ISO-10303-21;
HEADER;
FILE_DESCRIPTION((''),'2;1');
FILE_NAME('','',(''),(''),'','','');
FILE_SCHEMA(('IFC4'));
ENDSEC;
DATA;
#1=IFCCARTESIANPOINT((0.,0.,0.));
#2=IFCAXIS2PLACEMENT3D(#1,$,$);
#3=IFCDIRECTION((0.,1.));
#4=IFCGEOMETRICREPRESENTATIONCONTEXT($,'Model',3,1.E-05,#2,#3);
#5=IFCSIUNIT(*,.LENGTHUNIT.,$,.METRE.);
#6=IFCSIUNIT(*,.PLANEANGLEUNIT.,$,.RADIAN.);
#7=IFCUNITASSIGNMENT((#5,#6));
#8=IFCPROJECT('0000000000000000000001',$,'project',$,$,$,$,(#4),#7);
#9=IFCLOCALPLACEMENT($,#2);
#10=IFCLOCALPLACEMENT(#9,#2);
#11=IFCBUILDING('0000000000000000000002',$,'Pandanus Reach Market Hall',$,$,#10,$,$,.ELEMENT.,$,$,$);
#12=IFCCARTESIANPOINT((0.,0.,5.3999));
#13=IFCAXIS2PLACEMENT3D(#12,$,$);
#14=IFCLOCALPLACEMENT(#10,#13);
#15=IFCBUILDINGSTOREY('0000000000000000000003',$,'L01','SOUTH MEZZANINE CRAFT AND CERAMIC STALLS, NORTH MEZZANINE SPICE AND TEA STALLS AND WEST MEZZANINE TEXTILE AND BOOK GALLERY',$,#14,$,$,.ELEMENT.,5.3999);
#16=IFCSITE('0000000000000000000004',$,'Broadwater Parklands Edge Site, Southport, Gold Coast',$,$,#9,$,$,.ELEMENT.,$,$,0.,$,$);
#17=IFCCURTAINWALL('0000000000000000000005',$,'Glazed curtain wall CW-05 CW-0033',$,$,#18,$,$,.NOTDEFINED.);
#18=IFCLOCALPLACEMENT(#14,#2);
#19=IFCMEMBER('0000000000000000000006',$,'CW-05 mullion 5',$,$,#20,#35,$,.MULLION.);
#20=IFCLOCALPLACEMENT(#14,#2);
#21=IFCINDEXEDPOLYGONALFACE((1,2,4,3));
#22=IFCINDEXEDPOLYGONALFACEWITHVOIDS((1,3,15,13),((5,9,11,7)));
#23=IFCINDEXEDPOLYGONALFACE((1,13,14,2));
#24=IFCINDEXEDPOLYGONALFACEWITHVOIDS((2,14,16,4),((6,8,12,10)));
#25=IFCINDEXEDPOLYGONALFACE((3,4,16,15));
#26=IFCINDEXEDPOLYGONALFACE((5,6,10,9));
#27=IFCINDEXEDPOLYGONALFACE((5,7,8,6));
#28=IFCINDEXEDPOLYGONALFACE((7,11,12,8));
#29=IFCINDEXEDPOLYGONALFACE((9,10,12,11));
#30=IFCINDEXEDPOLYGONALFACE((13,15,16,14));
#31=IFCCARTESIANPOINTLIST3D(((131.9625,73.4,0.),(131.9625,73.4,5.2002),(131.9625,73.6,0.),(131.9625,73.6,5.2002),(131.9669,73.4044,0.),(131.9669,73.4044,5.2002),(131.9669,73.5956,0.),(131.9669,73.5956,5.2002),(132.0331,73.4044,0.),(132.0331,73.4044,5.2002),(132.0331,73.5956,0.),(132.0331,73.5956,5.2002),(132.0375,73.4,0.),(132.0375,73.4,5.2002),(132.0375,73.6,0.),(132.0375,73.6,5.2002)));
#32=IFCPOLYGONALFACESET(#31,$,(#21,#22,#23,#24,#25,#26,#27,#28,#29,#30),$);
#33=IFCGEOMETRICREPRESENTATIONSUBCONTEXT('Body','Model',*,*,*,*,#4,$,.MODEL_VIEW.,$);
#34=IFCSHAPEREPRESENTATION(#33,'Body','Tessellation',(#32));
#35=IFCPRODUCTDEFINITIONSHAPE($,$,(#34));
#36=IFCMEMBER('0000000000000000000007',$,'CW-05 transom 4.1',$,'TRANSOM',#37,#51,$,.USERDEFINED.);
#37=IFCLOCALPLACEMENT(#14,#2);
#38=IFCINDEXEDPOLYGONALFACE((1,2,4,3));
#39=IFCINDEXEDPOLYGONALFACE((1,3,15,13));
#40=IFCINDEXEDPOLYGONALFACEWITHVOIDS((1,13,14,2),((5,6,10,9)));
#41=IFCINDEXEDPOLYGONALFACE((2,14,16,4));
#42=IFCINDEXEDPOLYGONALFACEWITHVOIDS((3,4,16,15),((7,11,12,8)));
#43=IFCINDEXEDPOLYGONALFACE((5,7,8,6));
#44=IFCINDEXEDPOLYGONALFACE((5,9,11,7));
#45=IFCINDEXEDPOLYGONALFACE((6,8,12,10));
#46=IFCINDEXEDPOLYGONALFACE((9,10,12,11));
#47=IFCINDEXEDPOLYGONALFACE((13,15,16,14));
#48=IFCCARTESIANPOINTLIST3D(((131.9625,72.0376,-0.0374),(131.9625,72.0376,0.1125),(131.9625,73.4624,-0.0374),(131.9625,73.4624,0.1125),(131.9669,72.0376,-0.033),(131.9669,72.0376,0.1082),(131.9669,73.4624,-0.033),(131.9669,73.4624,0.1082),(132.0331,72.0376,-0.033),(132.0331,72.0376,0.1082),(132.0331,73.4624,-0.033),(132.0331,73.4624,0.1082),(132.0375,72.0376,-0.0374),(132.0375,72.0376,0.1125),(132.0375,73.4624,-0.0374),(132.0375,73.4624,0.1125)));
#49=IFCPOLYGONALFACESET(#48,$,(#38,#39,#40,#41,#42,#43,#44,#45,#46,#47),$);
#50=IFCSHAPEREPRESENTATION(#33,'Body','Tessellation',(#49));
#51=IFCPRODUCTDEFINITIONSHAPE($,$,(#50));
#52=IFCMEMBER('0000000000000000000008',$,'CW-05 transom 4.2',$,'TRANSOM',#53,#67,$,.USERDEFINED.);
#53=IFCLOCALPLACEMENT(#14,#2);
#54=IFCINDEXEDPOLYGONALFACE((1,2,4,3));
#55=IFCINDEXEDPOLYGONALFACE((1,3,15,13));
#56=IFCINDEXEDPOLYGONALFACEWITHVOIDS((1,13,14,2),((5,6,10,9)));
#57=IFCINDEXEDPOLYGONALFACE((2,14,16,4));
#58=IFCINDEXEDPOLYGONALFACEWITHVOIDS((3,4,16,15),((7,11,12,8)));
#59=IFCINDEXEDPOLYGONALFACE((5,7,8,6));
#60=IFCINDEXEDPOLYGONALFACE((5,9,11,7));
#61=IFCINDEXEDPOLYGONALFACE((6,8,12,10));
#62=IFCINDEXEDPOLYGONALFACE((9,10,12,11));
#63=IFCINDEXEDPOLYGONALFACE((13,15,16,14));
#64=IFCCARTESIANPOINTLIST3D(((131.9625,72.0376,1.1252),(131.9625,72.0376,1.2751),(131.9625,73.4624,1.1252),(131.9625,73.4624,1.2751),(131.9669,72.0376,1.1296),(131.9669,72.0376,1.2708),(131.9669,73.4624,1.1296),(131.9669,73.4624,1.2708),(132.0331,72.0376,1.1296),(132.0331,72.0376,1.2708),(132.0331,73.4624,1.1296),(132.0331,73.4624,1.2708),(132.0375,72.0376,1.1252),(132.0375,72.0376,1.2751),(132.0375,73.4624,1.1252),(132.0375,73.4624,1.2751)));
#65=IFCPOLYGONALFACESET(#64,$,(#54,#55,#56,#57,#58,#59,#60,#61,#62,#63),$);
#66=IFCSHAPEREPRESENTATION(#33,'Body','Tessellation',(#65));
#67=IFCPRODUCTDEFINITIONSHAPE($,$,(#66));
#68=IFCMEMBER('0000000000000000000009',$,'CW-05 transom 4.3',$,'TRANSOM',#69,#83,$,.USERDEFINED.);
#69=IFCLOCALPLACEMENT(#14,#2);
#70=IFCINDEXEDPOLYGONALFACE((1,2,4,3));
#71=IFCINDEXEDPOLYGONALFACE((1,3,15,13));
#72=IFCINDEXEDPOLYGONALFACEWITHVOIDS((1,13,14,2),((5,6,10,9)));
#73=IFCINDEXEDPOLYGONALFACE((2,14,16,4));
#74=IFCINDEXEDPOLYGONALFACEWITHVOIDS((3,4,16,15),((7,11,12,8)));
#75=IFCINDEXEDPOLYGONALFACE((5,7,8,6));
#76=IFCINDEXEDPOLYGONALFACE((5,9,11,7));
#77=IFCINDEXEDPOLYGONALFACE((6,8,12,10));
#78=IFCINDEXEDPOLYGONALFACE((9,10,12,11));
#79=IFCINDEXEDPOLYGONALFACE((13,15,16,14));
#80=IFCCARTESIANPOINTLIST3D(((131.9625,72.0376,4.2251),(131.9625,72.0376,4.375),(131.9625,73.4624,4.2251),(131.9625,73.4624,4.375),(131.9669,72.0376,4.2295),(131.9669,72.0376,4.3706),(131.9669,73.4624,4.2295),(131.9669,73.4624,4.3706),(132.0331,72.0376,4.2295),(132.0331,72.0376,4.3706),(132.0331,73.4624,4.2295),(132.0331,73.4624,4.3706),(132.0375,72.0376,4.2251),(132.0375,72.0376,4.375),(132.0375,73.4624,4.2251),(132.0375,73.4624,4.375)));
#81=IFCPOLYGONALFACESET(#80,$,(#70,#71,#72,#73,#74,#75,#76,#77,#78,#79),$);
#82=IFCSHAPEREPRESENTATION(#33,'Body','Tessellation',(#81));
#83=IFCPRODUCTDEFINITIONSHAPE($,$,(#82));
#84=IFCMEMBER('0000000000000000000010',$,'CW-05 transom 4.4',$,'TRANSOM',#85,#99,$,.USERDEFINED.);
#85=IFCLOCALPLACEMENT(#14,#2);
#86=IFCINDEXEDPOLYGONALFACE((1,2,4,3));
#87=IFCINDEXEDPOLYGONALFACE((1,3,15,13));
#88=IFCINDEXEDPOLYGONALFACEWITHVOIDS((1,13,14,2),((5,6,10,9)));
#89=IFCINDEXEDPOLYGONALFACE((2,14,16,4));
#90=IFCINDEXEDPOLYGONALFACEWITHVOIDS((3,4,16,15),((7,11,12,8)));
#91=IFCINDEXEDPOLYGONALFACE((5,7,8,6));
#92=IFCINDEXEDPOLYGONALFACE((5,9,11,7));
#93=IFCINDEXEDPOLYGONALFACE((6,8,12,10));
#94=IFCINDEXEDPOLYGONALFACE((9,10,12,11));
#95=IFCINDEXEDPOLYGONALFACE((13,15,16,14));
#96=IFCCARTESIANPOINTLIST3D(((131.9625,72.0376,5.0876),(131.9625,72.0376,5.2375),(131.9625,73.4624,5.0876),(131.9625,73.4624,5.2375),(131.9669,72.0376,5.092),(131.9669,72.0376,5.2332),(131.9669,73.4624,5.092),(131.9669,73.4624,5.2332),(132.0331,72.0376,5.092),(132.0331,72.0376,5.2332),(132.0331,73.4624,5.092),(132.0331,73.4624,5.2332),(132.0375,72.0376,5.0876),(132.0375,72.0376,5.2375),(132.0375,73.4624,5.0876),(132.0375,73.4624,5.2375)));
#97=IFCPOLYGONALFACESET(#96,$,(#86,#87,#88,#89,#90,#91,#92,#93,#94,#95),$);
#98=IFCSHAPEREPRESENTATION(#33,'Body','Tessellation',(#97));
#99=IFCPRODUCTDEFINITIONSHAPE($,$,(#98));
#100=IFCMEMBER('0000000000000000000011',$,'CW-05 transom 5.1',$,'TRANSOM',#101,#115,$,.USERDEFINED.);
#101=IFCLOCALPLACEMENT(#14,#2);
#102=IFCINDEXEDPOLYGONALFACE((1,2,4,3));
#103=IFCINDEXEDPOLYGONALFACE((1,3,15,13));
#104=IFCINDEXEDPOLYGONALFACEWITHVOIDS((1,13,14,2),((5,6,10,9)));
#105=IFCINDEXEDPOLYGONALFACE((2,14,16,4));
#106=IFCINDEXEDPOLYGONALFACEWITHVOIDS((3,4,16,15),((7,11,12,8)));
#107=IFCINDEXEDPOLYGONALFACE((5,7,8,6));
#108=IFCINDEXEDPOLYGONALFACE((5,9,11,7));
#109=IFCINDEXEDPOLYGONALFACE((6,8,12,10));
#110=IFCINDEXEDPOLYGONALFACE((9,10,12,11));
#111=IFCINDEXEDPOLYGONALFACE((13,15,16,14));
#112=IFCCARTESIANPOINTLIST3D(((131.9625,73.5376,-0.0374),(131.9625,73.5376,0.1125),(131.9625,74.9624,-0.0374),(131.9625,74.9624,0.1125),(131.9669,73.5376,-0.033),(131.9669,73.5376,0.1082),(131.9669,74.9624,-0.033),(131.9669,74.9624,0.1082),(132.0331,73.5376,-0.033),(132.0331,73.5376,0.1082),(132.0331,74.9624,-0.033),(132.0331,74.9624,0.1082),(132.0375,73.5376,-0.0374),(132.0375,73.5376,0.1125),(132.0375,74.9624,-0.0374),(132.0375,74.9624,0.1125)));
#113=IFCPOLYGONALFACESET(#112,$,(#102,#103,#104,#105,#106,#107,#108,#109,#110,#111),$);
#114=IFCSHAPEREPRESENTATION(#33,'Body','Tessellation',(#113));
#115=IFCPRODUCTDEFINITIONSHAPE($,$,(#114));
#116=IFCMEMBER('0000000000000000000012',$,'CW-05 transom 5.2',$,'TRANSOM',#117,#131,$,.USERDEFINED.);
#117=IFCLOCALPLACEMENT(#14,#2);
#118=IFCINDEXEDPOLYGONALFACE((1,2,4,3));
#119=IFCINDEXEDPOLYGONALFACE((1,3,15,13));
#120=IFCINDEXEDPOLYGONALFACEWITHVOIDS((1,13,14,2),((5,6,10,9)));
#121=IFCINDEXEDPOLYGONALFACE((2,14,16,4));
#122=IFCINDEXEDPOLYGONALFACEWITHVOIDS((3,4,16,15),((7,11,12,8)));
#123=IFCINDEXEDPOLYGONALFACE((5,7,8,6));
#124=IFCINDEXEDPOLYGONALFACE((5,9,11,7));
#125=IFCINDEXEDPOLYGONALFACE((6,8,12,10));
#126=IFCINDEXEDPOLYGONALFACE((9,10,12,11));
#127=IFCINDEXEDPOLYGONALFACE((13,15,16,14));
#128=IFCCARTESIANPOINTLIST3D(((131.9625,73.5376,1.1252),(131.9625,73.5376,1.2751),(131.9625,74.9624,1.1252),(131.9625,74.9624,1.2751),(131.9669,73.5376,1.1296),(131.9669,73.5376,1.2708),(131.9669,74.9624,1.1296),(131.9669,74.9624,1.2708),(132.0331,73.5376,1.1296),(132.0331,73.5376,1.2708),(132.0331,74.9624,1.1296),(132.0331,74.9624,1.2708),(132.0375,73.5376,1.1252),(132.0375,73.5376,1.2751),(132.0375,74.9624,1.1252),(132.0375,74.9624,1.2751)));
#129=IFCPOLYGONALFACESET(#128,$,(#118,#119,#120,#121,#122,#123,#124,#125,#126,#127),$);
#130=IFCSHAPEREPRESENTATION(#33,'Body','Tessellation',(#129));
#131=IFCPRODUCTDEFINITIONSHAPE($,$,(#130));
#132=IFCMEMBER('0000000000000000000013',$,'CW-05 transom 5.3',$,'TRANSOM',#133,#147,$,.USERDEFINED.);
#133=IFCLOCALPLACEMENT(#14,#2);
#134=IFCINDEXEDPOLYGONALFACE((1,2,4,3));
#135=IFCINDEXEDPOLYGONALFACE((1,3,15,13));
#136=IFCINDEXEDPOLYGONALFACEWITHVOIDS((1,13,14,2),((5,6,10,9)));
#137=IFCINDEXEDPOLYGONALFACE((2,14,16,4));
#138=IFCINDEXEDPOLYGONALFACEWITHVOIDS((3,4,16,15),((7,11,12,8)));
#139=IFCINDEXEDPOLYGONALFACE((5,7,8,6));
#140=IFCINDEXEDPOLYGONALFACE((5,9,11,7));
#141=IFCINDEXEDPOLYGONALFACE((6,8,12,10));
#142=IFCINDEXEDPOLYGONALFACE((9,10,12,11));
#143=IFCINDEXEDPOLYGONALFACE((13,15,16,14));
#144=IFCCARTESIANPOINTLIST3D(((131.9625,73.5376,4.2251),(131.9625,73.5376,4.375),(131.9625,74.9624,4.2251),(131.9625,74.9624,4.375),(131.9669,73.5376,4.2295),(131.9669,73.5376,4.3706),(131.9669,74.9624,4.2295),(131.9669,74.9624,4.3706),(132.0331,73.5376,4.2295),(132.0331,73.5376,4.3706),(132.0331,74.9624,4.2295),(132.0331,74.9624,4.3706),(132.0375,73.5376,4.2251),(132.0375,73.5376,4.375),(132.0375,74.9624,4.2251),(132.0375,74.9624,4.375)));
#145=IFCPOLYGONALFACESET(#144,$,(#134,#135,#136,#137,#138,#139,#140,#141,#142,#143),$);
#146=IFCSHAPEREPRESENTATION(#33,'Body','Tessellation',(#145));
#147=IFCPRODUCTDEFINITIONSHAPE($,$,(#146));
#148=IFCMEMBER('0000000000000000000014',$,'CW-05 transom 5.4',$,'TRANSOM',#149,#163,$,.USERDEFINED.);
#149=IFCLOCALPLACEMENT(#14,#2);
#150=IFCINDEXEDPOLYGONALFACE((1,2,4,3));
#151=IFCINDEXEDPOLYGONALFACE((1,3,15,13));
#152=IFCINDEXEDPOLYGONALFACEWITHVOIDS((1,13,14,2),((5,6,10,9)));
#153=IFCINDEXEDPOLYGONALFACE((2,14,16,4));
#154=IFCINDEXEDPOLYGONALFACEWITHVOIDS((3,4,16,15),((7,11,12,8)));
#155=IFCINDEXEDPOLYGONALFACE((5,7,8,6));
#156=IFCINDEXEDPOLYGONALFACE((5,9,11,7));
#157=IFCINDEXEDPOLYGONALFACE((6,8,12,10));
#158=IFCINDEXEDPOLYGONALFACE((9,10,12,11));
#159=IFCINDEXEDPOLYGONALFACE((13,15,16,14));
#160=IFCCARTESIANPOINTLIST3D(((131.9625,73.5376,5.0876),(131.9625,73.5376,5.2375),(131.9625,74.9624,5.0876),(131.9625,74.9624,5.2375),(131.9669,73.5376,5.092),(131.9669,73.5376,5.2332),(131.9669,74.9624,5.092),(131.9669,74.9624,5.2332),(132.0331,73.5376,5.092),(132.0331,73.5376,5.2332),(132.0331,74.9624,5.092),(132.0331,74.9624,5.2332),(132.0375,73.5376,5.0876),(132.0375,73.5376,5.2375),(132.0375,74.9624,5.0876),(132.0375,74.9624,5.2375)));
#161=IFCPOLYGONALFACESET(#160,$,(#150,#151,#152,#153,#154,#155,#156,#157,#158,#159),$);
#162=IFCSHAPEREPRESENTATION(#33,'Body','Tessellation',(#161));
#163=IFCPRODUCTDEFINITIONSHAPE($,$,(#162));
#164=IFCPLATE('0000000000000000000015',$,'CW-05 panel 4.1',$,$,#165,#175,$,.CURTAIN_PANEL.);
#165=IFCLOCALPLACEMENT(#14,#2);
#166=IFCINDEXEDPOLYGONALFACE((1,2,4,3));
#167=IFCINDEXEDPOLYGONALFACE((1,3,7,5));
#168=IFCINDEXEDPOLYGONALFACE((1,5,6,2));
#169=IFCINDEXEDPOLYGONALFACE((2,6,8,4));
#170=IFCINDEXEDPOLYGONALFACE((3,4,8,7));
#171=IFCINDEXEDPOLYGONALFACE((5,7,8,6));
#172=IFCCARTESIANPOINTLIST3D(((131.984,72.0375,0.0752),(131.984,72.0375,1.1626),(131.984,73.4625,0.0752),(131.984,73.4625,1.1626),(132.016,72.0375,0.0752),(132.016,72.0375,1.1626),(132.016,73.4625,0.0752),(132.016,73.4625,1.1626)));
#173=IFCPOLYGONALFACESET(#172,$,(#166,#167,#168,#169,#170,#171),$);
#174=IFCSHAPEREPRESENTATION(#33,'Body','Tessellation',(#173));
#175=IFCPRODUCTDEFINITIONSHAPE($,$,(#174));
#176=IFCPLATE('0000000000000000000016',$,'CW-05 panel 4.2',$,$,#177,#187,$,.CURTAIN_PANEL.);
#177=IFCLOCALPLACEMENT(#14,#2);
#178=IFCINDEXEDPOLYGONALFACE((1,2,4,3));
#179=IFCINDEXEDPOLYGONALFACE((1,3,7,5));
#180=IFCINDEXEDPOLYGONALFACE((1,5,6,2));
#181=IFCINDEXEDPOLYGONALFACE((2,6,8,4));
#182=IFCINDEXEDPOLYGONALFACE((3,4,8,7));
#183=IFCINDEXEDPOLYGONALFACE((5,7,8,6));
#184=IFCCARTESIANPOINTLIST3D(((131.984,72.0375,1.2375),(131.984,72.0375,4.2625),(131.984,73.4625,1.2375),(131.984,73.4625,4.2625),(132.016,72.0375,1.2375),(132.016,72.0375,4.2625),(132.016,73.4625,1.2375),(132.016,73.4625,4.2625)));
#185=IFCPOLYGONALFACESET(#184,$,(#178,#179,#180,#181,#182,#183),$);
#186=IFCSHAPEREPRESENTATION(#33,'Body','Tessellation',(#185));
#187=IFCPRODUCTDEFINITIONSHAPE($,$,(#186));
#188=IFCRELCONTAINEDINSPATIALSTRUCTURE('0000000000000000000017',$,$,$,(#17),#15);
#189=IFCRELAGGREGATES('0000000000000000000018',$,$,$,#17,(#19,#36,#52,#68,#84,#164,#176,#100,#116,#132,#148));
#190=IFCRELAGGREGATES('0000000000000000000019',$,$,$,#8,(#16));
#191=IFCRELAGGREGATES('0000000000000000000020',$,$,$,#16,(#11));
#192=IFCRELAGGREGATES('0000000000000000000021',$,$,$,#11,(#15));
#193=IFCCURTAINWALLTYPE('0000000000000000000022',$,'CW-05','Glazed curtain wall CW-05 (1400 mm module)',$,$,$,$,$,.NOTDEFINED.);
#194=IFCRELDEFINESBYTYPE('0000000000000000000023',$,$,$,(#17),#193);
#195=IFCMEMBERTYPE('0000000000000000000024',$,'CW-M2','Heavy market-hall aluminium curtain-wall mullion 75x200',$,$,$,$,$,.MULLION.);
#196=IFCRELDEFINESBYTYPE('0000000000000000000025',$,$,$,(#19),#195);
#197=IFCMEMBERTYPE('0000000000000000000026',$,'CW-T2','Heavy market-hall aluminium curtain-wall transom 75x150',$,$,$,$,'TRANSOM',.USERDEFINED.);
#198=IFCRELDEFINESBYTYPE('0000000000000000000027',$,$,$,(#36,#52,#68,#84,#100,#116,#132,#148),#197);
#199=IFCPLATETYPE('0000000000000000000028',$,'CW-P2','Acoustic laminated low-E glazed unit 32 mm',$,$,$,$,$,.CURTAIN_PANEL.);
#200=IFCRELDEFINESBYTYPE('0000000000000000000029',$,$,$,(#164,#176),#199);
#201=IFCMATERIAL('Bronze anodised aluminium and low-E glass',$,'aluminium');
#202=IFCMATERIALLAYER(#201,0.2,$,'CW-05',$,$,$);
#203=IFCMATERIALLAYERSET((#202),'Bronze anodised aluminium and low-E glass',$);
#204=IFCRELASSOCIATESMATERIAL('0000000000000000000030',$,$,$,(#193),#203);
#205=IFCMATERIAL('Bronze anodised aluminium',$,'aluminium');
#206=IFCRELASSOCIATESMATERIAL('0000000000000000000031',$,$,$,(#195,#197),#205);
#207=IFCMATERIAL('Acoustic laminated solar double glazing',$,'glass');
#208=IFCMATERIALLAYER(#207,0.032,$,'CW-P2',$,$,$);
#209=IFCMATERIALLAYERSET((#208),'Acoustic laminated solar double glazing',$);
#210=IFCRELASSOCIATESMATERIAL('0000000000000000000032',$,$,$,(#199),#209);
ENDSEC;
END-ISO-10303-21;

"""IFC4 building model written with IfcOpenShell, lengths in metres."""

from ifc_helpers import new_model, si_unit, direction, frame, origin, origin_2d, place, context, subcontext, project, spatial, rectangle, hollow_rectangle, extrude, material, layer, layer_set, material_profile, profile_set, type_object, element, aggregate, save


model = new_model("IFC4")

# Units and contexts
model_context = context("Model", 3, precision=1e-05, world=origin(), true_north=direction((0.0, 1.0)))
body_context = subcontext(model_context, "Body", "Model", "MODEL_VIEW")
ifc_project = project(units=[si_unit("LENGTHUNIT", "METRE"), si_unit("PLANEANGLEUNIT", "RADIAN")], contexts=[model_context])

# Site, building, storey
site_placement = place(None, origin())
site = spatial("IfcSite", under=ifc_project, at=site_placement, Name="Broadwater Parklands Edge Site, Southport, Gold Coast", CompositionType="ELEMENT", RefElevation=0.0)
building_placement = place(site_placement, origin())
building = spatial("IfcBuilding", under=site, at=building_placement, Name="Pandanus Reach Market Hall", CompositionType="ELEMENT")
storey_placement = place(building_placement, frame((0.0, 0.0, 5.3999)))
storey = spatial("IfcBuildingStorey", under=building, at=storey_placement, Name="L01", Description="SOUTH MEZZANINE CRAFT AND CERAMIC STALLS, NORTH MEZZANINE SPICE AND TEA STALLS AND WEST MEZZANINE TEXTILE AND BOOK GALLERY", CompositionType="ELEMENT", Elevation=5.3999)

# Curtain wall, members, plates
ifc_material_1 = material(Name="Bronze anodised aluminium and low-E glass", Category="aluminium")
ifc_layer_1 = layer(ifc_material_1, 0.2, Name="CW-05")
ifc_layer_set_1 = layer_set([ifc_layer_1], Name="Bronze anodised aluminium and low-E glass")
curtain_wall_type = type_object("IfcCurtainWallType", Name="CW-05", Description="Glazed curtain wall CW-05 (1400 mm module)", PredefinedType="NOTDEFINED", material=ifc_layer_set_1)
curtain_wall_placement = place(storey_placement, origin())
curtain_wall = element("IfcCurtainWall", 1, at=curtain_wall_placement, inside=storey, type_object=curtain_wall_type, Name="Glazed curtain wall CW-05 CW-0033", PredefinedType="NOTDEFINED")
ifc_material_2 = material(Name="Bronze anodised aluminium", Category="aluminium")
ifc_material_profile_1 = material_profile(ifc_material_2, hollow_rectangle(XDim=0.075, YDim=0.2, WallThickness=0.0044, at=origin_2d()), Name="ALU75x200", Category="LoadBearing")
ifc_profile_set_1 = profile_set([ifc_material_profile_1], Name="Bronze anodised aluminium")
member_type_1 = type_object("IfcMemberType", Name="CW-M2", Description="Heavy market-hall aluminium curtain-wall mullion 75x200", PredefinedType="MULLION", material=ifc_profile_set_1)
member_1_placement = place(storey_placement, frame((132.0, 73.5, 0.0), z_axis=(0.0, 0.0, 1.0), x_axis=(-1.0, 0.0, 0.0)))
member_1 = element("IfcMember", 2, at=member_1_placement, type_object=member_type_1, Name="CW-05 mullion 5", PredefinedType="MULLION", context=body_context, shape_type="SweptSolid", body=[
    extrude(hollow_rectangle(XDim=0.075, YDim=0.2, WallThickness=0.0044, at=origin_2d()), origin(), (0.0, 0.0, 1.0), 5.2002),
])
ifc_material_profile_2 = material_profile(ifc_material_2, hollow_rectangle(XDim=0.075, YDim=0.1499, WallThickness=0.0044, at=origin_2d()), Name="ALU75x150", Category="LoadBearing")
ifc_profile_set_2 = profile_set([ifc_material_profile_2], Name="Bronze anodised aluminium")
member_type_2 = type_object("IfcMemberType", Name="CW-T2", Description="Heavy market-hall aluminium curtain-wall transom 75x150", ElementType="TRANSOM", PredefinedType="USERDEFINED", material=ifc_profile_set_2)
member_2_placement = place(storey_placement, frame((132.0, 72.0376, 0.0376), z_axis=(0.0, 1.0, 0.0), x_axis=(-1.0, 0.0, 0.0)))
member_2 = element("IfcMember", 3, at=member_2_placement, type_object=member_type_2, Name="CW-05 transom 4.1", ObjectType="TRANSOM", PredefinedType="USERDEFINED", context=body_context, shape_type="SweptSolid", body=[
    extrude(hollow_rectangle(XDim=0.075, YDim=0.1499, WallThickness=0.0044, at=origin_2d()), origin(), (0.0, 0.0, 1.0), 1.4248),
])
member_3_placement = place(storey_placement, frame((132.0, 72.0376, 1.2002), z_axis=(0.0, 1.0, 0.0), x_axis=(-1.0, 0.0, 0.0)))
member_3 = element("IfcMember", 4, at=member_3_placement, type_object=member_type_2, Name="CW-05 transom 4.2", ObjectType="TRANSOM", PredefinedType="USERDEFINED", context=body_context, shape_type="SweptSolid", body=[
    extrude(hollow_rectangle(XDim=0.075, YDim=0.1499, WallThickness=0.0044, at=origin_2d()), origin(), (0.0, 0.0, 1.0), 1.4248),
])
member_4_placement = place(storey_placement, frame((132.0, 72.0376, 4.3), z_axis=(0.0, 1.0, 0.0), x_axis=(-1.0, 0.0, 0.0)))
member_4 = element("IfcMember", 5, at=member_4_placement, type_object=member_type_2, Name="CW-05 transom 4.3", ObjectType="TRANSOM", PredefinedType="USERDEFINED", context=body_context, shape_type="SweptSolid", body=[
    extrude(hollow_rectangle(XDim=0.075, YDim=0.1499, WallThickness=0.0044, at=origin_2d()), origin(), (0.0, 0.0, 1.0), 1.4248),
])
member_5_placement = place(storey_placement, frame((132.0, 72.0376, 5.1626), z_axis=(0.0, 1.0, 0.0), x_axis=(-1.0, 0.0, 0.0)))
member_5 = element("IfcMember", 6, at=member_5_placement, type_object=member_type_2, Name="CW-05 transom 4.4", ObjectType="TRANSOM", PredefinedType="USERDEFINED", context=body_context, shape_type="SweptSolid", body=[
    extrude(hollow_rectangle(XDim=0.075, YDim=0.1499, WallThickness=0.0044, at=origin_2d()), origin(), (0.0, 0.0, 1.0), 1.4248),
])
member_6_placement = place(storey_placement, frame((132.0, 73.5376, 0.0376), z_axis=(0.0, 1.0, 0.0), x_axis=(-1.0, 0.0, 0.0)))
member_6 = element("IfcMember", 7, at=member_6_placement, type_object=member_type_2, Name="CW-05 transom 5.1", ObjectType="TRANSOM", PredefinedType="USERDEFINED", context=body_context, shape_type="SweptSolid", body=[
    extrude(hollow_rectangle(XDim=0.075, YDim=0.1499, WallThickness=0.0044, at=origin_2d()), origin(), (0.0, 0.0, 1.0), 1.4248),
])
member_7_placement = place(storey_placement, frame((132.0, 73.5376, 1.2002), z_axis=(0.0, 1.0, 0.0), x_axis=(-1.0, 0.0, 0.0)))
member_7 = element("IfcMember", 8, at=member_7_placement, type_object=member_type_2, Name="CW-05 transom 5.2", ObjectType="TRANSOM", PredefinedType="USERDEFINED", context=body_context, shape_type="SweptSolid", body=[
    extrude(hollow_rectangle(XDim=0.075, YDim=0.1499, WallThickness=0.0044, at=origin_2d()), origin(), (0.0, 0.0, 1.0), 1.4248),
])
member_8_placement = place(storey_placement, frame((132.0, 73.5376, 4.3), z_axis=(0.0, 1.0, 0.0), x_axis=(-1.0, 0.0, 0.0)))
member_8 = element("IfcMember", 9, at=member_8_placement, type_object=member_type_2, Name="CW-05 transom 5.3", ObjectType="TRANSOM", PredefinedType="USERDEFINED", context=body_context, shape_type="SweptSolid", body=[
    extrude(hollow_rectangle(XDim=0.075, YDim=0.1499, WallThickness=0.0044, at=origin_2d()), origin(), (0.0, 0.0, 1.0), 1.4248),
])
member_9_placement = place(storey_placement, frame((132.0, 73.5376, 5.1626), z_axis=(0.0, 1.0, 0.0), x_axis=(-1.0, 0.0, 0.0)))
member_9 = element("IfcMember", 10, at=member_9_placement, type_object=member_type_2, Name="CW-05 transom 5.4", ObjectType="TRANSOM", PredefinedType="USERDEFINED", context=body_context, shape_type="SweptSolid", body=[
    extrude(hollow_rectangle(XDim=0.075, YDim=0.1499, WallThickness=0.0044, at=origin_2d()), origin(), (0.0, 0.0, 1.0), 1.4248),
])
ifc_material_3 = material(Name="Acoustic laminated solar double glazing", Category="glass")
ifc_layer_2 = layer(ifc_material_3, 0.032, Name="CW-P2")
ifc_layer_set_2 = layer_set([ifc_layer_2], Name="Acoustic laminated solar double glazing")
plate_type = type_object("IfcPlateType", Name="CW-P2", Description="Acoustic laminated low-E glazed unit 32 mm", PredefinedType="CURTAIN_PANEL", material=ifc_layer_set_2)
plate_1_placement = place(storey_placement, frame((132.0, 72.75, 0.0752), z_axis=(0.0, 0.0, 1.0), x_axis=(0.0, 1.0, 0.0)))
plate_1 = element("IfcPlate", 11, at=plate_1_placement, type_object=plate_type, Name="CW-05 panel 4.1", PredefinedType="CURTAIN_PANEL", context=body_context, shape_type="SweptSolid", body=[
    extrude(rectangle(XDim=1.425, YDim=0.032, at=origin_2d()), origin(), (0.0, 0.0, 1.0), 1.0874),
])
plate_2_placement = place(storey_placement, frame((132.0, 72.75, 1.2375), z_axis=(0.0, 0.0, 1.0), x_axis=(0.0, 1.0, 0.0)))
plate_2 = element("IfcPlate", 12, at=plate_2_placement, type_object=plate_type, Name="CW-05 panel 4.2", PredefinedType="CURTAIN_PANEL", context=body_context, shape_type="SweptSolid", body=[
    extrude(rectangle(XDim=1.425, YDim=0.032, at=origin_2d()), origin(), (0.0, 0.0, 1.0), 3.0249),
])
aggregate(curtain_wall, [member_1, member_2, member_3, member_4, member_5, plate_1, plate_2, member_6, member_7, member_8, member_9])

save(model, "model.ifc")
